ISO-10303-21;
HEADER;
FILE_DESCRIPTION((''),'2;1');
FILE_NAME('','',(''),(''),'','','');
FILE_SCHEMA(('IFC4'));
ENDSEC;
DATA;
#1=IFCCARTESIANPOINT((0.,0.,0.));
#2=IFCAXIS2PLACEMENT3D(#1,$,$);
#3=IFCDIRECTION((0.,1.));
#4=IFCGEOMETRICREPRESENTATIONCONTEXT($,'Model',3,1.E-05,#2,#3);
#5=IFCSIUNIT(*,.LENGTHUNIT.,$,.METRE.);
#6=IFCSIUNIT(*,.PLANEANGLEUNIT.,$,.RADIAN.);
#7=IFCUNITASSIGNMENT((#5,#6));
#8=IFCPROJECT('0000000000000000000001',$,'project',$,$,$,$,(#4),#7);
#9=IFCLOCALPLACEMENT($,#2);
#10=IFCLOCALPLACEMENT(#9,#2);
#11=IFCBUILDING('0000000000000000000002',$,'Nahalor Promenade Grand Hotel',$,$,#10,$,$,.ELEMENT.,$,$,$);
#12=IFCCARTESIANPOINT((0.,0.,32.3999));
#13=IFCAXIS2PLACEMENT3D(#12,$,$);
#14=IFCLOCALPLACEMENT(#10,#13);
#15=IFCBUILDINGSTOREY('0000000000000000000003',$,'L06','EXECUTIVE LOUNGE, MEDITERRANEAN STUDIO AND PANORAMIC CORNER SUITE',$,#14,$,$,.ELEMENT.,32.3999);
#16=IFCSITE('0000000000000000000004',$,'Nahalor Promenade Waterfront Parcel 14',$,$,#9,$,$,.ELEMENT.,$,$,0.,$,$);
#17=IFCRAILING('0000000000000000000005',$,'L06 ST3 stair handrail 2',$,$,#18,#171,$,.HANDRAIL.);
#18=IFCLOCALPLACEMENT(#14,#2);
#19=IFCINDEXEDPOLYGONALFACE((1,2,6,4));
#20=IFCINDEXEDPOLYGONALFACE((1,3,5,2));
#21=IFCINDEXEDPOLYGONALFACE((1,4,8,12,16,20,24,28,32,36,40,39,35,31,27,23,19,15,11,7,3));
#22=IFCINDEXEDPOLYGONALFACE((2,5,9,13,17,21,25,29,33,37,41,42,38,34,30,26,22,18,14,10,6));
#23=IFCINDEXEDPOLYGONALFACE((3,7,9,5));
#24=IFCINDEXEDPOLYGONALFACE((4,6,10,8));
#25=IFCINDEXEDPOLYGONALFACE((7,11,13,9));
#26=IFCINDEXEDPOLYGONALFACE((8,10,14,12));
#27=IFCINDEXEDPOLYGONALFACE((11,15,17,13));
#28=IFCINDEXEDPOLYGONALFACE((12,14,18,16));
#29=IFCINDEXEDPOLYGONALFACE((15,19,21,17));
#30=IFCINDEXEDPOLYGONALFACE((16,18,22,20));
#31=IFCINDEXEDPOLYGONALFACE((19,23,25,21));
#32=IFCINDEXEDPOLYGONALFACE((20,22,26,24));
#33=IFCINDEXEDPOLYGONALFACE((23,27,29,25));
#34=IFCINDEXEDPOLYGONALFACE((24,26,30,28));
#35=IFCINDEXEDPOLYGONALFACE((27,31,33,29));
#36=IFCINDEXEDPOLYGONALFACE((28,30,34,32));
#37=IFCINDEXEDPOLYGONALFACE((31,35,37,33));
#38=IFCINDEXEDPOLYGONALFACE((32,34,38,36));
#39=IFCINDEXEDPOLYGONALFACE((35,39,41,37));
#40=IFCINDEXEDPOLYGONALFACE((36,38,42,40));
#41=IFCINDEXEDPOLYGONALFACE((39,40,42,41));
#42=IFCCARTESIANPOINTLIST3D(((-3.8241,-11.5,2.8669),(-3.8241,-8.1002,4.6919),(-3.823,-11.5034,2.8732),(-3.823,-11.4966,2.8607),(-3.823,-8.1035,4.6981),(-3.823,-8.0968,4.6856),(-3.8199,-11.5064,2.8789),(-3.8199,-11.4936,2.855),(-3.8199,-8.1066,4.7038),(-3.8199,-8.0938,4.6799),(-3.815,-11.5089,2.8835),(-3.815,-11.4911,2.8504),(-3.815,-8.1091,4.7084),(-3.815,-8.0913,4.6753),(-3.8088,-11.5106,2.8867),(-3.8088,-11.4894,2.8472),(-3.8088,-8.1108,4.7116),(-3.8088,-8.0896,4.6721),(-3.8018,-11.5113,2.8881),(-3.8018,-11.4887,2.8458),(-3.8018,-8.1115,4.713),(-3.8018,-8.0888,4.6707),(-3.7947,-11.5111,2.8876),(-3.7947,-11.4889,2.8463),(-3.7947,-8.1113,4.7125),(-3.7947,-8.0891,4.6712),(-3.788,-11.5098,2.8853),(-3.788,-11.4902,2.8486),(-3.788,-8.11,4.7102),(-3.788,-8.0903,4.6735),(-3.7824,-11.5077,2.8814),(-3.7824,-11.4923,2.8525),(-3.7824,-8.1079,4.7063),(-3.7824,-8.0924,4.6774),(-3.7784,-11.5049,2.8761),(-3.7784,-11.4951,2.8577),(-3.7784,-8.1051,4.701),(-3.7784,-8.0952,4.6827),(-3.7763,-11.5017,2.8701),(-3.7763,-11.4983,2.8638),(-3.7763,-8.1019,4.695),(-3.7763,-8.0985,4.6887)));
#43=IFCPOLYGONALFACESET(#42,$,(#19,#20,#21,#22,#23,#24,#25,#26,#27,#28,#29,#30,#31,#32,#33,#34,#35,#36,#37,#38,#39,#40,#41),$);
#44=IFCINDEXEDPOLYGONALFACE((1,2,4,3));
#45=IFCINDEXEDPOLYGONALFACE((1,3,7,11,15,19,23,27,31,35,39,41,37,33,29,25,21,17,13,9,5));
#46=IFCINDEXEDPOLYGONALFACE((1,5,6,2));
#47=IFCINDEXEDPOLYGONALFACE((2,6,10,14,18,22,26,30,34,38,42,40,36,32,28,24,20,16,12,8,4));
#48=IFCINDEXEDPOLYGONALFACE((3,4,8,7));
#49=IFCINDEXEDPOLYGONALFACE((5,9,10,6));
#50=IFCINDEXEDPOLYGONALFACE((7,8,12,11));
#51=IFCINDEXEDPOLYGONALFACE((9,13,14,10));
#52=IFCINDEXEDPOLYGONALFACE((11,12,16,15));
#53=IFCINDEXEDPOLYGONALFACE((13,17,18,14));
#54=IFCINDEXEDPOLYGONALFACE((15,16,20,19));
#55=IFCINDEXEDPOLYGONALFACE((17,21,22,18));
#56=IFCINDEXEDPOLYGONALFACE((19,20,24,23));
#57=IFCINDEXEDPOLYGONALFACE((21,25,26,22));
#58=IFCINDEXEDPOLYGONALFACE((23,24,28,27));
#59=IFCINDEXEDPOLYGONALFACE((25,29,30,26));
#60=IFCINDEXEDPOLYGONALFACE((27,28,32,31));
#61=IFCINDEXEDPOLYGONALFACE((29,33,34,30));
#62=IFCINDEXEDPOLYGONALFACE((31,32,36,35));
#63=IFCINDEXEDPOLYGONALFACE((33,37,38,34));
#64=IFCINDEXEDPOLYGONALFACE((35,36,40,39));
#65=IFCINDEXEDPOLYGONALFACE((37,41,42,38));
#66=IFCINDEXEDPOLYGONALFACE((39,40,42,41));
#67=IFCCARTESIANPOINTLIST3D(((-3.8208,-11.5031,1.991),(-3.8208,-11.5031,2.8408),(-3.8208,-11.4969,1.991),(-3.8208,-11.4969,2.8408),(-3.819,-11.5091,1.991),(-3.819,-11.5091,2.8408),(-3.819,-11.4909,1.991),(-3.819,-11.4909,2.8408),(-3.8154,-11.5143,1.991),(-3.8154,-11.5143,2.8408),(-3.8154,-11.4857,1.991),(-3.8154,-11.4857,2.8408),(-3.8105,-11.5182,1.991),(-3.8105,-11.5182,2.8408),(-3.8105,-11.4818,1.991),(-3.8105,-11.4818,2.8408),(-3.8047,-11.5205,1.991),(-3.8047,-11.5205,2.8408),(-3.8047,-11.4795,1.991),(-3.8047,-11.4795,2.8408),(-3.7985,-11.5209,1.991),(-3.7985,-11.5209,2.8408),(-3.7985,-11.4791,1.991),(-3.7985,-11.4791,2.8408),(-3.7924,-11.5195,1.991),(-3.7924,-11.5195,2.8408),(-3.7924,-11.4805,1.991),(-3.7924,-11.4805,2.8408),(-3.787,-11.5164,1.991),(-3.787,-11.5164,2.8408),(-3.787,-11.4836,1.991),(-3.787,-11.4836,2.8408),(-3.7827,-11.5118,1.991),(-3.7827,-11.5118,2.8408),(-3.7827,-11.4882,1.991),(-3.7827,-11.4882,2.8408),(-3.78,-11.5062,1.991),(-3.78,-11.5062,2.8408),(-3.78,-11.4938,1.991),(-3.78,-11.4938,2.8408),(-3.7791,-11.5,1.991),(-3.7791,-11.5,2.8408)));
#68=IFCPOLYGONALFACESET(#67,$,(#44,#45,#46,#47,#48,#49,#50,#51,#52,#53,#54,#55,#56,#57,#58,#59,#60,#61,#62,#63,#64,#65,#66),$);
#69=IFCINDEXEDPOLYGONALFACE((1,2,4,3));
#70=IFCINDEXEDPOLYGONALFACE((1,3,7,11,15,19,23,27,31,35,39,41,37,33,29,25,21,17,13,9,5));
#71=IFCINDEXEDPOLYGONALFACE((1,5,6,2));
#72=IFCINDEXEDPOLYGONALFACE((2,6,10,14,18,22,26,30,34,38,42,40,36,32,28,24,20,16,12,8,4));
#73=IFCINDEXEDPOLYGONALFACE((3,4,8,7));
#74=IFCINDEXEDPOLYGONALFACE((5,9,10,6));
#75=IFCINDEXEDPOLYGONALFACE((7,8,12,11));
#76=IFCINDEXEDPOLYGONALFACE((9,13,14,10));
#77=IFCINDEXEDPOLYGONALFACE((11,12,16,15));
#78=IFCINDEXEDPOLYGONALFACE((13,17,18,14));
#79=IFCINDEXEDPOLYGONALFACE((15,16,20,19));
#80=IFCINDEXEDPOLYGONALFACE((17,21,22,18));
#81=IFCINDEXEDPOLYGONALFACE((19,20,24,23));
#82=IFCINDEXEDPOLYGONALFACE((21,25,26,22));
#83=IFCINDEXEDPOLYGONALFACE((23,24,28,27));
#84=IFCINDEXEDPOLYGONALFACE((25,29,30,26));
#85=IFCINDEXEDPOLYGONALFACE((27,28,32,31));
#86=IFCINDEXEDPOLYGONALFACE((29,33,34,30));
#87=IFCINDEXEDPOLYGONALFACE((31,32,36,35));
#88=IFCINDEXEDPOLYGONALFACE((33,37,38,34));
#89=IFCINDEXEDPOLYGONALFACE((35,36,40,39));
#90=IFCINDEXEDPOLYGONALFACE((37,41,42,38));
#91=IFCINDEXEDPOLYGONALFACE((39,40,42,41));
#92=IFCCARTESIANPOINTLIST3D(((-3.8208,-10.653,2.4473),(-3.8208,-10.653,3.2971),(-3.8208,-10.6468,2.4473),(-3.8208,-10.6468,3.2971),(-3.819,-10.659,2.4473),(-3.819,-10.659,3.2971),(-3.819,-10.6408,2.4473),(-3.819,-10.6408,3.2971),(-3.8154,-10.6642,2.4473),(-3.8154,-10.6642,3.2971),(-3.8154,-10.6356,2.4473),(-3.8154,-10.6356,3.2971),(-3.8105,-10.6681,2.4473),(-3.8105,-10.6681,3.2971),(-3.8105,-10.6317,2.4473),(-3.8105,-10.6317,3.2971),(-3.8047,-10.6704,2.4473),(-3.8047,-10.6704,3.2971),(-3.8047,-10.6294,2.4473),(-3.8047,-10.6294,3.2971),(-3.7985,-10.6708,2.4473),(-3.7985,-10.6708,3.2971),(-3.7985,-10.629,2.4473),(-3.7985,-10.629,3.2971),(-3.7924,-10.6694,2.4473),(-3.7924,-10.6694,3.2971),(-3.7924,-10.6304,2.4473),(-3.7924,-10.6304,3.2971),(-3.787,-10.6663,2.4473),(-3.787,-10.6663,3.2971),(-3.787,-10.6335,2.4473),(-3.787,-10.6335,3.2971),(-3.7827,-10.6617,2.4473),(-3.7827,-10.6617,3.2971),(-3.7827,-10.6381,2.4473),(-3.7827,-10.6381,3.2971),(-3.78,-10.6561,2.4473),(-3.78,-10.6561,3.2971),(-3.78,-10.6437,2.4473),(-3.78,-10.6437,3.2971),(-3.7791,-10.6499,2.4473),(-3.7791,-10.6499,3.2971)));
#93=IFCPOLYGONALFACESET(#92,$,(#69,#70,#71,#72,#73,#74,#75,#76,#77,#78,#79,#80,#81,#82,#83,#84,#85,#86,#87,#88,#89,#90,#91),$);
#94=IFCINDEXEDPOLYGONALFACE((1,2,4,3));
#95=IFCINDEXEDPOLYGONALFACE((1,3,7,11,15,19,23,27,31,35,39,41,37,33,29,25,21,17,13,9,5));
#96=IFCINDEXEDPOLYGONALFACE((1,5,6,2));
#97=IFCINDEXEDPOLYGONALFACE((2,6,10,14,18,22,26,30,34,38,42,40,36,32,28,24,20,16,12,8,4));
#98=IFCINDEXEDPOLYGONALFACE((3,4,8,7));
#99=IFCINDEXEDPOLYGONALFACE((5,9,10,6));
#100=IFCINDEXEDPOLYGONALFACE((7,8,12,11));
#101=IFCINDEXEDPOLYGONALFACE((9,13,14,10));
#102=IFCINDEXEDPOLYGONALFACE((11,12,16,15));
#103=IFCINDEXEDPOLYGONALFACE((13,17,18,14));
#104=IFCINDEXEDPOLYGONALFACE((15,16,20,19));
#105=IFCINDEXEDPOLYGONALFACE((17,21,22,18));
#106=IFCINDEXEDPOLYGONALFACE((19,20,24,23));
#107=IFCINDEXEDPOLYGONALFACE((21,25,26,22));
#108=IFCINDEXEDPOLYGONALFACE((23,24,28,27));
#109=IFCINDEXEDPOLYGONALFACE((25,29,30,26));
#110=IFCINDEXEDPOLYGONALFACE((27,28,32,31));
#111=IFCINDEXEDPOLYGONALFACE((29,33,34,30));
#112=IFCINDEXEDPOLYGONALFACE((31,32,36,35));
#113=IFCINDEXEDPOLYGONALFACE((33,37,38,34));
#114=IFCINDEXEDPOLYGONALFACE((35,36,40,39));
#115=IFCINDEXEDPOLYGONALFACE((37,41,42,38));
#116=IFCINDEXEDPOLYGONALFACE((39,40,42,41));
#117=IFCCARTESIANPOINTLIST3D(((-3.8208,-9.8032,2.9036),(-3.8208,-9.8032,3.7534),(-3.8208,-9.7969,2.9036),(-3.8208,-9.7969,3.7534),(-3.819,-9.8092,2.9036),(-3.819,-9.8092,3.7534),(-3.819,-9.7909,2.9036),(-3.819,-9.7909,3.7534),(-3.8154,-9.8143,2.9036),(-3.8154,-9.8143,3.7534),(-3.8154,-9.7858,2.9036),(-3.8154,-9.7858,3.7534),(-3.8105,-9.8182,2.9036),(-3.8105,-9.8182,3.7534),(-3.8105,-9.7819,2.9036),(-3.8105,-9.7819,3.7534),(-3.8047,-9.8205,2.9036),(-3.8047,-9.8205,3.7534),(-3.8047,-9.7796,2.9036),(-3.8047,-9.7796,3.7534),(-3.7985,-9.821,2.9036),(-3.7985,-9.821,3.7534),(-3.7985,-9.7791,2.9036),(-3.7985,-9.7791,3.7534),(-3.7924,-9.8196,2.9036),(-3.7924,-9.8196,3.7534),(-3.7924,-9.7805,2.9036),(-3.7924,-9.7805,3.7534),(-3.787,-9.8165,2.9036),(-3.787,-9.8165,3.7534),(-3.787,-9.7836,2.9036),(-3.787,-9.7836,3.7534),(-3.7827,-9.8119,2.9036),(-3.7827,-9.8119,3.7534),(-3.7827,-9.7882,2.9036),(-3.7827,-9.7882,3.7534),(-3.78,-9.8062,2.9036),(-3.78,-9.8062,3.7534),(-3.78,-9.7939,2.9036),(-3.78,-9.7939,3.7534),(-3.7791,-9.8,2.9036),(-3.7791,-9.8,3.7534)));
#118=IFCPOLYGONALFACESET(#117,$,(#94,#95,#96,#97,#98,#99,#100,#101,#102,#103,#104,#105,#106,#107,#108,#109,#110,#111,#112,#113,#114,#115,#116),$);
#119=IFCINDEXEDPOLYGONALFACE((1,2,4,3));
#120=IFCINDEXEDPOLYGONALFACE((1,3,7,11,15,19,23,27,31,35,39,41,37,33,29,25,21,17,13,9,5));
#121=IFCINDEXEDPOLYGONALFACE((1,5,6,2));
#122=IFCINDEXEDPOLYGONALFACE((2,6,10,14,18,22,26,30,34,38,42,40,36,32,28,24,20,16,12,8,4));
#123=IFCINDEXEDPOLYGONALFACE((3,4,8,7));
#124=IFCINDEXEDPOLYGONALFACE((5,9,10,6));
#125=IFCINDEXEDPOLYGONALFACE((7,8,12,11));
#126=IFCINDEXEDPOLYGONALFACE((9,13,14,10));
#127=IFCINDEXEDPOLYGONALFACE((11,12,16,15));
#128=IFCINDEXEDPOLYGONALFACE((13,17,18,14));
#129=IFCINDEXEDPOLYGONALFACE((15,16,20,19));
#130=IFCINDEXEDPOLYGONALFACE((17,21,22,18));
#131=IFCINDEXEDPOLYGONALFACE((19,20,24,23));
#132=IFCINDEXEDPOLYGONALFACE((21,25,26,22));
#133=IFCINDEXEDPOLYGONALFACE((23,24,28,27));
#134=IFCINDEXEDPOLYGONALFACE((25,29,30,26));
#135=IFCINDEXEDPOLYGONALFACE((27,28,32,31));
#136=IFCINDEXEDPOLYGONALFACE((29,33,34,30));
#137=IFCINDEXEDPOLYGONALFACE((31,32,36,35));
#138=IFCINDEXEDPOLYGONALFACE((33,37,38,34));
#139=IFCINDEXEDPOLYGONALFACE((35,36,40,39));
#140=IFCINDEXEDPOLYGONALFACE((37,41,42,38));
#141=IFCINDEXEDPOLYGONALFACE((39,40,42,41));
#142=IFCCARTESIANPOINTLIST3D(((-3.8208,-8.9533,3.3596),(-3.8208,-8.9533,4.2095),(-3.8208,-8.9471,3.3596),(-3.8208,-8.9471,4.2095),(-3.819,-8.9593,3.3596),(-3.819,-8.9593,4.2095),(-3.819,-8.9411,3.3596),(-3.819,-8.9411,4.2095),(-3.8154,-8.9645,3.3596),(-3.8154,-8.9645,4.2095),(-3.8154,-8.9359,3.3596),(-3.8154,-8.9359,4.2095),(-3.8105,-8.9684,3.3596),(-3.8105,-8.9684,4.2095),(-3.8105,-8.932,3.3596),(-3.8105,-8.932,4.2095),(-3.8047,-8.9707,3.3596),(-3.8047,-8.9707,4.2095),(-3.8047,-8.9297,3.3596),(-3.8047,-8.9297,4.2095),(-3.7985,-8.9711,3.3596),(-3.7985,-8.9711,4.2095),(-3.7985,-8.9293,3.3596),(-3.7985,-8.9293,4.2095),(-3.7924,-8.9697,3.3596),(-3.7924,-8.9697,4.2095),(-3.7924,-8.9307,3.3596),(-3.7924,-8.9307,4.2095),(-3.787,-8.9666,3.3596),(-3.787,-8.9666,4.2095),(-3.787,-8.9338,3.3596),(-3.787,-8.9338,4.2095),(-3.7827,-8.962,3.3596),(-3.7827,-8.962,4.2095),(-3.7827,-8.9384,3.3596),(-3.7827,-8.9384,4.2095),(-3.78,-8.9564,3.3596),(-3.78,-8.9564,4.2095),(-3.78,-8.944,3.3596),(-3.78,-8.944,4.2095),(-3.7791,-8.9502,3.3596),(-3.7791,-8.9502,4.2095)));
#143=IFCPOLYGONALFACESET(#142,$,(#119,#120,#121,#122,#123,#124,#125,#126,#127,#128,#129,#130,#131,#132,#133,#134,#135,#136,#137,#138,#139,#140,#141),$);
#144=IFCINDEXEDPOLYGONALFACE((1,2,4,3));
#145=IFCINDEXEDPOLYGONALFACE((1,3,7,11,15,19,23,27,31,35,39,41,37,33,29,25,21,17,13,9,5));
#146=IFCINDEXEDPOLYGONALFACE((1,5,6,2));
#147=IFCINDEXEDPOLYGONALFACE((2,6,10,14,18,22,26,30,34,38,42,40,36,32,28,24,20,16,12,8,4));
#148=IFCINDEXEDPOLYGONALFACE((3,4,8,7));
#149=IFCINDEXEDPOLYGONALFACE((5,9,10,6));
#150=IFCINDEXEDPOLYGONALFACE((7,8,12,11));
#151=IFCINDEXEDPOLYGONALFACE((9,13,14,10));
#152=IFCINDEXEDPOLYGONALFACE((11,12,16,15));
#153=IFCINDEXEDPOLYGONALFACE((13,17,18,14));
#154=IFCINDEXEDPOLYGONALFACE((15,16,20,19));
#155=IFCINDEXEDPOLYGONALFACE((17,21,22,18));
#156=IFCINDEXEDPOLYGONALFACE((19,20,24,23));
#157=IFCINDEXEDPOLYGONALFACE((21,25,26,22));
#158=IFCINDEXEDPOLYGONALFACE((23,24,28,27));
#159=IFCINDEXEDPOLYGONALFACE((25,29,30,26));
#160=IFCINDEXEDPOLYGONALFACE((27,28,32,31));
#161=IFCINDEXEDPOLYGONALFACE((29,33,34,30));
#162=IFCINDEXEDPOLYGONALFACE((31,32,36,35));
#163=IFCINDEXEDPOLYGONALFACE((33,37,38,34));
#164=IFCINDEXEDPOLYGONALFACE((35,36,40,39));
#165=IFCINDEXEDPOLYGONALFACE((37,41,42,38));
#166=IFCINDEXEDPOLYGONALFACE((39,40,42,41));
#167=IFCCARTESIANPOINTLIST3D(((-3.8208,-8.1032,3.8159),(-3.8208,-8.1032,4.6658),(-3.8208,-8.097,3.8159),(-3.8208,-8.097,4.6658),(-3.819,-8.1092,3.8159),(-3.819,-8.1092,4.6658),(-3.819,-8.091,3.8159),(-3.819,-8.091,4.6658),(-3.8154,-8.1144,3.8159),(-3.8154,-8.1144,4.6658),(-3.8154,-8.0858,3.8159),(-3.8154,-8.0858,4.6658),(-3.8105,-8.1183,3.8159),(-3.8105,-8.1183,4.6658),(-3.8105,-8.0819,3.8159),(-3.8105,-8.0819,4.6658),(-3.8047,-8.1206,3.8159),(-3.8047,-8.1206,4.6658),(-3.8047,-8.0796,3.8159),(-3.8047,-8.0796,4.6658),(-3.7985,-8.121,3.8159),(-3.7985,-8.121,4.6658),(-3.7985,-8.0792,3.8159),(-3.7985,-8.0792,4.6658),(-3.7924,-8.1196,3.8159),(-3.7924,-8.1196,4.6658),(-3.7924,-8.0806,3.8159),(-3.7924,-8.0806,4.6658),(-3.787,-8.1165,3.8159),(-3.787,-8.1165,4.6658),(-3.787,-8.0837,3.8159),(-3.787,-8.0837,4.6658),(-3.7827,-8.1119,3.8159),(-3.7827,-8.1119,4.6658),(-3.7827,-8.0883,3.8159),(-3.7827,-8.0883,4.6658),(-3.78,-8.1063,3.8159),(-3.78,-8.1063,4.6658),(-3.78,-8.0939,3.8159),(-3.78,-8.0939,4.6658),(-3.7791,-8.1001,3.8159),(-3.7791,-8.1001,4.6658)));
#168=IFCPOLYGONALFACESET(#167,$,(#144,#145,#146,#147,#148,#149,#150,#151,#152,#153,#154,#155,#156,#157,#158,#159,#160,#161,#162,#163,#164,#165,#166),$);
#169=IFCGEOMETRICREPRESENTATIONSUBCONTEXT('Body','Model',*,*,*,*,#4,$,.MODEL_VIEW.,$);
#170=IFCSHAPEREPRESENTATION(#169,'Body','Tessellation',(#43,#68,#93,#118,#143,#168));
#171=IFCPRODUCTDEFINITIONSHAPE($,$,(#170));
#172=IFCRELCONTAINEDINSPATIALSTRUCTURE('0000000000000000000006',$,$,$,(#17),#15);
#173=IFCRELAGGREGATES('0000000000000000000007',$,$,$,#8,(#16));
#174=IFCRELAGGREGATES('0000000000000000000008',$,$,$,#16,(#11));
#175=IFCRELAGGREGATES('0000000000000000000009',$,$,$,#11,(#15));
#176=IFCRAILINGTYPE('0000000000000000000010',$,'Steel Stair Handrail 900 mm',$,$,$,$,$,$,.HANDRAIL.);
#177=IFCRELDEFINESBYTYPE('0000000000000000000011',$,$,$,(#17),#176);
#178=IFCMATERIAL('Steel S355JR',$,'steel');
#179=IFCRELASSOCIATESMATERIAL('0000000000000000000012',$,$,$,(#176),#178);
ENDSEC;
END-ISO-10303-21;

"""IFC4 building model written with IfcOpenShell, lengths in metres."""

from ifc_helpers import new_model, si_unit, direction, frame, origin, origin_2d, place, context, subcontext, project, spatial, circle, extrude, material, type_object, element, save


model = new_model("IFC4")

# Units and contexts
model_context = context("Model", 3, precision=1e-05, world=origin(), true_north=direction((0.0, 1.0)))
body_context = subcontext(model_context, "Body", "Model", "MODEL_VIEW")
ifc_project = project(units=[si_unit("LENGTHUNIT", "METRE"), si_unit("PLANEANGLEUNIT", "RADIAN")], contexts=[model_context])

# Site, building, storey
site_placement = place(None, origin())
site = spatial("IfcSite", under=ifc_project, at=site_placement, Name="Nahalor Promenade Waterfront Parcel 14", CompositionType="ELEMENT", RefElevation=0.0)
building_placement = place(site_placement, origin())
building = spatial("IfcBuilding", under=site, at=building_placement, Name="Nahalor Promenade Grand Hotel", CompositionType="ELEMENT")
storey_placement = place(building_placement, frame((0.0, 0.0, 32.3999)))
storey = spatial("IfcBuildingStorey", under=building, at=storey_placement, Name="L06", Description="EXECUTIVE LOUNGE, MEDITERRANEAN STUDIO AND PANORAMIC CORNER SUITE", CompositionType="ELEMENT", Elevation=32.3999)

# Shared definitions
ifc_material_1 = material(Name="Steel S355JR", Category="steel")

# Railing
railing_type_1 = type_object("IfcRailingType", Name="Steel Stair Handrail 900 mm", PredefinedType="HANDRAIL", material=ifc_material_1)
railing_1_placement = place(storey_placement, frame((-3.8, -11.5, 1.991)))
element("IfcRailing", 1, at=railing_1_placement, inside=storey, type_object=railing_type_1, Name="L06 ST3 stair handrail 2", PredefinedType="HANDRAIL", context=body_context, shape_type="SweptSolid", body=[
    extrude(circle(Radius=0.024, at=origin_2d()), frame((0.0, 0.0, 0.876), z_axis=(0.0, 0.881094, 0.472941), x_axis=(-1.0, 0.0, 0.0)), (0.0, 0.0, 1.0), 3.8586),
    extrude(circle(Radius=0.021, at=origin_2d()), origin(), (0.0, 0.0, 1.0), 0.8499),
    extrude(circle(Radius=0.021, at=origin_2d()), frame((0.0, 0.8501, 0.4563)), (0.0, 0.0, 1.0), 0.8499),
    extrude(circle(Radius=0.021, at=origin_2d()), frame((0.0, 1.7, 0.9126)), (0.0, 0.0, 1.0), 0.8499),
    extrude(circle(Radius=0.021, at=origin_2d()), frame((0.0, 2.5498, 1.3687)), (0.0, 0.0, 1.0), 0.8499),
    extrude(circle(Radius=0.021, at=origin_2d()), frame((0.0, 3.3999, 1.825)), (0.0, 0.0, 1.0), 0.8499),
])

save(model, "model.ifc")
